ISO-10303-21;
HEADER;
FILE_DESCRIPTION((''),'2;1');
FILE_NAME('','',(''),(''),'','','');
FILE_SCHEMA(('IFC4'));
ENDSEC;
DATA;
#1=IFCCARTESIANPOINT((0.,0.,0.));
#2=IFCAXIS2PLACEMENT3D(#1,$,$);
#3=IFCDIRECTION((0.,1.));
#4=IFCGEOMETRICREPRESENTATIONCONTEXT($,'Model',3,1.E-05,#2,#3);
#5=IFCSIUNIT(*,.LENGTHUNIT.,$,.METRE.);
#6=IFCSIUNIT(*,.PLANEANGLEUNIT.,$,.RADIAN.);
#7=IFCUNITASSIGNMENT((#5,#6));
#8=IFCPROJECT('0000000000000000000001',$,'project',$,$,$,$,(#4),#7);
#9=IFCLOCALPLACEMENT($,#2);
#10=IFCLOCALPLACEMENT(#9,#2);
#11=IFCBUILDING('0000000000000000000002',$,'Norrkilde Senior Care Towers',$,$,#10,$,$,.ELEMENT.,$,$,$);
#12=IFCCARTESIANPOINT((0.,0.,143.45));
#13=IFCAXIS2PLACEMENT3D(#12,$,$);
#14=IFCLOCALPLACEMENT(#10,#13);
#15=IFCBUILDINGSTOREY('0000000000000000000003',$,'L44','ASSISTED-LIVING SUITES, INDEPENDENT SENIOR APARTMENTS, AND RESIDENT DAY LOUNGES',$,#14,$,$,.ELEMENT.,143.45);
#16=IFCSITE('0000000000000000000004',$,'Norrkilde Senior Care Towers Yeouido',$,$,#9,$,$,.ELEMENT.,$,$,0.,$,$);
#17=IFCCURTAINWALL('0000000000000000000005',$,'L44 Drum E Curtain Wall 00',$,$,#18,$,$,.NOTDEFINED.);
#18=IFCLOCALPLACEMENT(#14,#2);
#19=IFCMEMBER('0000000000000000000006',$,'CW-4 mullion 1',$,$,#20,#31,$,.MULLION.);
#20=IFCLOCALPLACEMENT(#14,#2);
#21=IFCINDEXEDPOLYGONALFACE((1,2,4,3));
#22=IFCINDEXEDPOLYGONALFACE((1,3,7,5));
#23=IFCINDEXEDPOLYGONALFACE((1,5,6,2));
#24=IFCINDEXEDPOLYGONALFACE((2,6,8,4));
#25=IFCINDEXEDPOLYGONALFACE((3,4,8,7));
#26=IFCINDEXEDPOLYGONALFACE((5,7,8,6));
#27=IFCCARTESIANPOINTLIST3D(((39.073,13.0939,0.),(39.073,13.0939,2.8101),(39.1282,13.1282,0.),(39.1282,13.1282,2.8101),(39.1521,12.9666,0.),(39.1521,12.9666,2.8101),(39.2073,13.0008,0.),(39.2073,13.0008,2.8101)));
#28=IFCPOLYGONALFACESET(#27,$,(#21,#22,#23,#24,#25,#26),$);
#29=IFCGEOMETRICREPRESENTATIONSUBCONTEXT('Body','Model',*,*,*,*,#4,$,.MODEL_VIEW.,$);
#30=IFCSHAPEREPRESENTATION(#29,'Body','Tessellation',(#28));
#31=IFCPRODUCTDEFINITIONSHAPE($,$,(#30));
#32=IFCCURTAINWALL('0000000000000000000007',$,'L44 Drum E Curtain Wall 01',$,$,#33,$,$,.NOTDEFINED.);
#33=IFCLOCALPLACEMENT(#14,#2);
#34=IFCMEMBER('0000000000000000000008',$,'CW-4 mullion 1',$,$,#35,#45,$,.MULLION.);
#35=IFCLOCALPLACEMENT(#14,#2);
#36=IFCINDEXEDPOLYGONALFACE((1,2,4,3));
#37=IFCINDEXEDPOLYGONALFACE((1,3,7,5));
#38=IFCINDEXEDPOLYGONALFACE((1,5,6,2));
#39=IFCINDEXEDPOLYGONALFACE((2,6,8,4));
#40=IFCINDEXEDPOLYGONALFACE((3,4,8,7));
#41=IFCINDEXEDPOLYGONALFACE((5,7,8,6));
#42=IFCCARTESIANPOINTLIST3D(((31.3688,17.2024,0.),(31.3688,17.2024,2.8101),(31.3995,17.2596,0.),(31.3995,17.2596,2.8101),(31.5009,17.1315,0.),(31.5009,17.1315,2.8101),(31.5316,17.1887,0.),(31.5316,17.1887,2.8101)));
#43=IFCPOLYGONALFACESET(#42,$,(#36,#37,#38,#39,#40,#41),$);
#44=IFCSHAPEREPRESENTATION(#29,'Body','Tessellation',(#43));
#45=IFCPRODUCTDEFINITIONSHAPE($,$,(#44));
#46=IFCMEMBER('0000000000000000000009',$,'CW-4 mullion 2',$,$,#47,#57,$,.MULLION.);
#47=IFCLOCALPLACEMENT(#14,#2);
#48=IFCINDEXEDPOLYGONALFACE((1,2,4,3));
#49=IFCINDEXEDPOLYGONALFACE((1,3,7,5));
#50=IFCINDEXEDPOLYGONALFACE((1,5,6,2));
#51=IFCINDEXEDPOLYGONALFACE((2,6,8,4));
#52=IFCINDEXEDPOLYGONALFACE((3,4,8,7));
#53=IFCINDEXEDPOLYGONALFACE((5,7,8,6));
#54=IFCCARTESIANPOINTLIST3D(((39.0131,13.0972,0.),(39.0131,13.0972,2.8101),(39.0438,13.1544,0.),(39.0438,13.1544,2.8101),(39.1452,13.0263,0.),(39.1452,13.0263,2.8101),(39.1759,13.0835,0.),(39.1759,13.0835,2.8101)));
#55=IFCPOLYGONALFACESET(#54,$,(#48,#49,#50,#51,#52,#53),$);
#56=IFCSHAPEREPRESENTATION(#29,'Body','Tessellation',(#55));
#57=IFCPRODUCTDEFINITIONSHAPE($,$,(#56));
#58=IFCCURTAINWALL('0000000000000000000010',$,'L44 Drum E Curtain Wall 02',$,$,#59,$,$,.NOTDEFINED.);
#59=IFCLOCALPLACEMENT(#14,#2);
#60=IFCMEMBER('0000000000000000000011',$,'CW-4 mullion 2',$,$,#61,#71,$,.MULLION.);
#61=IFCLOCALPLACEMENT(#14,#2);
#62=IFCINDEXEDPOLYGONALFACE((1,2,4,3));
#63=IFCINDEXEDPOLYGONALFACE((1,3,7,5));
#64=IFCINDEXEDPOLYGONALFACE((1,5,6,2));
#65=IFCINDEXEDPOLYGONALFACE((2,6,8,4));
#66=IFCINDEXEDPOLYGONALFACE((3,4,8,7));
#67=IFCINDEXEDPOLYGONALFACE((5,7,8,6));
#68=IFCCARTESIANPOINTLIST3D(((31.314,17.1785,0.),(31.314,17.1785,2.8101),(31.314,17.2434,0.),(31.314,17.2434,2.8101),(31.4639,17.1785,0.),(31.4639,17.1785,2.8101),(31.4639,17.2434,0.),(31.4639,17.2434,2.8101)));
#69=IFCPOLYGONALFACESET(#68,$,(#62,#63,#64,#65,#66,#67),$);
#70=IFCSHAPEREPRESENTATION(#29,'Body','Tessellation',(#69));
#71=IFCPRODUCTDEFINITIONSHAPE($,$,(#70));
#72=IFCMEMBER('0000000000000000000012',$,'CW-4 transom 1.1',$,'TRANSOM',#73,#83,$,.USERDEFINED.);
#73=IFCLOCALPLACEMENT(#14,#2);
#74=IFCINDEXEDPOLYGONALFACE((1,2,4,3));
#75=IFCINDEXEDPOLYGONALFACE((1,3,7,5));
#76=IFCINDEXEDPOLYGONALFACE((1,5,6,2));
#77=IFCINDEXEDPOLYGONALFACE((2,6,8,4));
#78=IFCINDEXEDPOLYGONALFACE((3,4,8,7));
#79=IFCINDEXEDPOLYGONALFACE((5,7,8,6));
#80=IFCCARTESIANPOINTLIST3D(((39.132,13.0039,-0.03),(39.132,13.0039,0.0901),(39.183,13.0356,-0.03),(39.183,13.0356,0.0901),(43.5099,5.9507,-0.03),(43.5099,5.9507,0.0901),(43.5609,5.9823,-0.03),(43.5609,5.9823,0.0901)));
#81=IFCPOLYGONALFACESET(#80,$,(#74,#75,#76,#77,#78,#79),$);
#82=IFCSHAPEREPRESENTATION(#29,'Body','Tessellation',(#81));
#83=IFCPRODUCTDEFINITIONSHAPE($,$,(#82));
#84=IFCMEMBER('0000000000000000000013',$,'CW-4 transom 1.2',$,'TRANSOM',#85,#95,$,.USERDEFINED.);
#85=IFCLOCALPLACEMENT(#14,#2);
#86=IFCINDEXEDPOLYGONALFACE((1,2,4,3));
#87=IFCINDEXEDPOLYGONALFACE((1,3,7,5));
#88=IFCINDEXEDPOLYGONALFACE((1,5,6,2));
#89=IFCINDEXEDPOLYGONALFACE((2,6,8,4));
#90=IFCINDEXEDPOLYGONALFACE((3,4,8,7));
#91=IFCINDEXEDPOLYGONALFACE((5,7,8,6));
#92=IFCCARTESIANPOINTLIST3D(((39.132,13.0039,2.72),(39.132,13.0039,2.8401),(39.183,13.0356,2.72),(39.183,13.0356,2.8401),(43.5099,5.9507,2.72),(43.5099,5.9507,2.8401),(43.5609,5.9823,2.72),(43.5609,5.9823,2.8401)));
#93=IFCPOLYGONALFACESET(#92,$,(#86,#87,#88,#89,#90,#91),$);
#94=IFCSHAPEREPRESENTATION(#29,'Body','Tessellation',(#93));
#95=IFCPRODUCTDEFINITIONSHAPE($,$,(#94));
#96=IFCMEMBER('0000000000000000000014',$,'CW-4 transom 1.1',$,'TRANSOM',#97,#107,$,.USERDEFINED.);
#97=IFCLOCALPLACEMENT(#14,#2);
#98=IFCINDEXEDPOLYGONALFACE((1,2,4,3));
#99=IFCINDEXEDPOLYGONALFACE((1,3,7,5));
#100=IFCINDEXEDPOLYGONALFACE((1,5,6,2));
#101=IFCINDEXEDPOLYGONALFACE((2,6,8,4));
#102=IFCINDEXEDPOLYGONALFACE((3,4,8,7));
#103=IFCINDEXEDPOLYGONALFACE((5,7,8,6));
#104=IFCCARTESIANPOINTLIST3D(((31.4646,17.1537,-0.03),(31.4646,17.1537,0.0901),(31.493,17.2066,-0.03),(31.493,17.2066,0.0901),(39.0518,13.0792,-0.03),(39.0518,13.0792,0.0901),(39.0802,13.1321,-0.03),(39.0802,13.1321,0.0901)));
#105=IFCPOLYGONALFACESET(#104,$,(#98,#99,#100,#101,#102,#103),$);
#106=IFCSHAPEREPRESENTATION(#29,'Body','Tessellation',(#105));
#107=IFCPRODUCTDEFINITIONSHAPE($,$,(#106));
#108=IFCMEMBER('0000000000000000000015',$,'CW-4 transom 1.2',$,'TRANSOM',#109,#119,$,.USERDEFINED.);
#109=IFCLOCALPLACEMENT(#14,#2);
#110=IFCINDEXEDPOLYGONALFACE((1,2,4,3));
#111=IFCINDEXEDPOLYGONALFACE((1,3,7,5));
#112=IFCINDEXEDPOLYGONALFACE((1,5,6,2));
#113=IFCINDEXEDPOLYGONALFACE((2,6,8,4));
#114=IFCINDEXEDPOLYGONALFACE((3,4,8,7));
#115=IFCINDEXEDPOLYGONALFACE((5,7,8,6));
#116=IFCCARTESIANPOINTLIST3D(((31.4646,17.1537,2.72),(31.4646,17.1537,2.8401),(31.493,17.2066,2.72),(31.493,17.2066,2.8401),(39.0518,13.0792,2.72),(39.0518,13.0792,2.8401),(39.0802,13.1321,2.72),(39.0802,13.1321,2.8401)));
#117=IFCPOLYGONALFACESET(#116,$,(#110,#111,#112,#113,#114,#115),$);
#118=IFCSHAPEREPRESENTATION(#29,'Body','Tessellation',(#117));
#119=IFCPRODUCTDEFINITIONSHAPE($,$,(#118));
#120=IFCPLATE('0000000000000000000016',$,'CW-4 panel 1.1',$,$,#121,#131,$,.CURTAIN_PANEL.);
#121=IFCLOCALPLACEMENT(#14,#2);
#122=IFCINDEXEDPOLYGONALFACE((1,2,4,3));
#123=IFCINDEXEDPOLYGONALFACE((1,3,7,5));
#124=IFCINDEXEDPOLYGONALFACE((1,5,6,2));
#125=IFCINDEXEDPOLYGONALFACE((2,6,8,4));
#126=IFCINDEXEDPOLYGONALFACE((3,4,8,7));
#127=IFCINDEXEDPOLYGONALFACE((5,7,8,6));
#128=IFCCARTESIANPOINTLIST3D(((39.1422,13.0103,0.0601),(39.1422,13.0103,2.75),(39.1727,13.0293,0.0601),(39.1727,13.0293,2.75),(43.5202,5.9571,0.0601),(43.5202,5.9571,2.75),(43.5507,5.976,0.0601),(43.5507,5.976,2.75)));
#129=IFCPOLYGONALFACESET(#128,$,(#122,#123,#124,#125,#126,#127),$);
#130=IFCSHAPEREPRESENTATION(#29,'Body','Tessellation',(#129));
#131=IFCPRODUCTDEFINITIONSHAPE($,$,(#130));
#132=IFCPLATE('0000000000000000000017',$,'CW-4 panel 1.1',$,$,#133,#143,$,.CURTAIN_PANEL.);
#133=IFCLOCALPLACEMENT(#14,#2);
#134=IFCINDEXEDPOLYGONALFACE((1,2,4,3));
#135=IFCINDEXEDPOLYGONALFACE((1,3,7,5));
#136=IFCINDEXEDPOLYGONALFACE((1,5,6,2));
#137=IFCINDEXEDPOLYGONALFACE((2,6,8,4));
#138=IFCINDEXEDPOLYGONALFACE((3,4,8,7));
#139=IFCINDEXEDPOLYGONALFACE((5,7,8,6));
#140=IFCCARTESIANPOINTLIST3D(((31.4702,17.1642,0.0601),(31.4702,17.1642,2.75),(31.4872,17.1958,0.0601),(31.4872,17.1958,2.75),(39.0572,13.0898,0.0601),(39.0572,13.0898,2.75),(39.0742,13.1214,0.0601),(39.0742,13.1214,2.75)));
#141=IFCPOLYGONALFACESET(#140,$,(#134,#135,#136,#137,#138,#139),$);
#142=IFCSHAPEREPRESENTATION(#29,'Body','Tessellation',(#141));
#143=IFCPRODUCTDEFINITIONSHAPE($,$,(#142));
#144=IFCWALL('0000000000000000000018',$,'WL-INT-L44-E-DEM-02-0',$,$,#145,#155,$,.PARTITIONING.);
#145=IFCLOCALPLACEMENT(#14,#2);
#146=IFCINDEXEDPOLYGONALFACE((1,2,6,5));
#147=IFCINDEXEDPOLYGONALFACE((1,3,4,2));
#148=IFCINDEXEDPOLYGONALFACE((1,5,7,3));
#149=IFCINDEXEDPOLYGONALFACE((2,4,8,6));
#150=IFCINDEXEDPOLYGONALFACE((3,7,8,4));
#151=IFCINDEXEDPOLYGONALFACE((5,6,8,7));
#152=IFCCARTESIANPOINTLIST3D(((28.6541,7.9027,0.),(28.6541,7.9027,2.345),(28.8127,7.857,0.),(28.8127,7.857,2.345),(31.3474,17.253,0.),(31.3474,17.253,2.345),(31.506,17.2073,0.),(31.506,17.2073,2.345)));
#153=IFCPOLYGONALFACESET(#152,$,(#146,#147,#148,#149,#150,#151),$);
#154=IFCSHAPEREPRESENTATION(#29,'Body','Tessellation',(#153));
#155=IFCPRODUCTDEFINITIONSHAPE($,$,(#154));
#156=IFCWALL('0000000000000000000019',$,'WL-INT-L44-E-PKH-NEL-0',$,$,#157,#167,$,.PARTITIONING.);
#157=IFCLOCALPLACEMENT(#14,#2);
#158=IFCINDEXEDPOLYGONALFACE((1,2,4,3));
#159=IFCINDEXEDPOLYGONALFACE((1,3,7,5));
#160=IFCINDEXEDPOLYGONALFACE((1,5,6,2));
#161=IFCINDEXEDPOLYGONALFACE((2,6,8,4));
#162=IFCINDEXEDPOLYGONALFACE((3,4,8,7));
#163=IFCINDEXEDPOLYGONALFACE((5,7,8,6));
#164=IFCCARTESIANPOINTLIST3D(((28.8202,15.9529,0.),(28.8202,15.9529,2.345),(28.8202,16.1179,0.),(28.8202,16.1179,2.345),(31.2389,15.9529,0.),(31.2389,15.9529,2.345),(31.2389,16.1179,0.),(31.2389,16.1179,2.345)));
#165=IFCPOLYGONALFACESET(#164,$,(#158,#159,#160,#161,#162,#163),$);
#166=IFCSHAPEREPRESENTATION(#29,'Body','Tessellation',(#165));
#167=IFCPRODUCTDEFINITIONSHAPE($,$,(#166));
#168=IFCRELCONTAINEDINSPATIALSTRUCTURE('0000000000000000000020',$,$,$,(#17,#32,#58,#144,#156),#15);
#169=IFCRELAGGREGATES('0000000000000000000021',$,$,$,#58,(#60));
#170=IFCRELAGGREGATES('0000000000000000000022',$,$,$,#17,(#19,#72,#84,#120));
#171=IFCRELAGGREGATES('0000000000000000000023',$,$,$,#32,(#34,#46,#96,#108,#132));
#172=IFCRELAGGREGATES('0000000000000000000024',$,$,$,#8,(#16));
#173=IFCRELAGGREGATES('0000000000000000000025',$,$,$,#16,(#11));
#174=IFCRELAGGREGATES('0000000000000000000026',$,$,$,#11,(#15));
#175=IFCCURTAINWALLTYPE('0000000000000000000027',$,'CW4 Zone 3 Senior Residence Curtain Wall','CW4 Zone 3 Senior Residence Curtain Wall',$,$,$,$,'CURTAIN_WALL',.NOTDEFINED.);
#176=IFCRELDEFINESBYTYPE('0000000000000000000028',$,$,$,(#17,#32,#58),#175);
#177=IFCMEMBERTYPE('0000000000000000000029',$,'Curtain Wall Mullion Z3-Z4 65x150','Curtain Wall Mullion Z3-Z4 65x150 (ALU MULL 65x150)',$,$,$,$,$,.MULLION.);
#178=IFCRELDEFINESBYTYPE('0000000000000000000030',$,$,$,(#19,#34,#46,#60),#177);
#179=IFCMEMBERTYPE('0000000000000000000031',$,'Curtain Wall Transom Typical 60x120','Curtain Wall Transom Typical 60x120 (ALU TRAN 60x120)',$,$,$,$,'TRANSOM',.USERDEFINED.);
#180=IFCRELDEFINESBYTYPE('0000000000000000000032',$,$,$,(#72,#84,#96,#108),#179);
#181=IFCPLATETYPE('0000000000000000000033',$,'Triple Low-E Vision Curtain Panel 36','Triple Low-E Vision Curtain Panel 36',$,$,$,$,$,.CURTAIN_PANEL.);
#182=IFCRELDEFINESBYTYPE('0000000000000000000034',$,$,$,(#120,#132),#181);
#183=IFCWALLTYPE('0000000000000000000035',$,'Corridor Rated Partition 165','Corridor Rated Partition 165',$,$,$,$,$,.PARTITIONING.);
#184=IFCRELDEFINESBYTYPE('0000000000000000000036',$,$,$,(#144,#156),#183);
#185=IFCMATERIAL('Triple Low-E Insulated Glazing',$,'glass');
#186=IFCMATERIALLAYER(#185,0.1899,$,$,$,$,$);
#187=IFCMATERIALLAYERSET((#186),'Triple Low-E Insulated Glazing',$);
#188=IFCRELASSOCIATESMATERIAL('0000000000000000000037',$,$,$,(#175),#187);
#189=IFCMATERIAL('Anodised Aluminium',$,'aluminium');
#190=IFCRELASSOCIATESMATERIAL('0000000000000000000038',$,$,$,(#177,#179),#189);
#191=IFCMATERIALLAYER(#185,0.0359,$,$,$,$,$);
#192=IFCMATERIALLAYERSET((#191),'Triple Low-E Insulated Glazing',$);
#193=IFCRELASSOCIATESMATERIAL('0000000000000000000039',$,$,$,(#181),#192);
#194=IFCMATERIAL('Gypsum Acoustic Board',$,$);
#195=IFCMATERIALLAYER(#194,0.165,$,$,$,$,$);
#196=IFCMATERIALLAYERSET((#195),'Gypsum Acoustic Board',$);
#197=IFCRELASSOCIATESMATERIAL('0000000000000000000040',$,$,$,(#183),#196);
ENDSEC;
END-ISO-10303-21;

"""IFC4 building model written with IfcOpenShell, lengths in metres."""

from ifc_helpers import new_model, si_unit, direction, frame, frame_2d, origin, origin_2d, place, context, subcontext, project, spatial, rectangle, extrude, source, transform, mapped, material, layer, layer_set, material_profile, profile_set, type_object, type_shapes, element, aggregate, save


model = new_model("IFC4")

# Units and contexts
model_context = context("Model", 3, precision=1e-05, world=origin(), true_north=direction((0.0, 1.0)))
body_context = subcontext(model_context, "Body", "Model", "MODEL_VIEW")
ifc_project = project(units=[si_unit("LENGTHUNIT", "METRE"), si_unit("PLANEANGLEUNIT", "RADIAN")], contexts=[model_context])

# Site, building, storey
site_placement = place(None, origin())
site = spatial("IfcSite", under=ifc_project, at=site_placement, Name="Norrkilde Senior Care Towers Yeouido", CompositionType="ELEMENT", RefElevation=0.0)
building_placement = place(site_placement, origin())
building = spatial("IfcBuilding", under=site, at=building_placement, Name="Norrkilde Senior Care Towers", CompositionType="ELEMENT")
storey_placement = place(building_placement, frame((0.0, 0.0, 143.45)))
storey = spatial("IfcBuildingStorey", under=building, at=storey_placement, Name="L44", Description="ASSISTED-LIVING SUITES, INDEPENDENT SENIOR APARTMENTS, AND RESIDENT DAY LOUNGES", CompositionType="ELEMENT", Elevation=143.45)

# Curtain wall, member
ifc_material_1 = material(Name="Triple Low-E Insulated Glazing", Category="glass")
ifc_layer_1 = layer(ifc_material_1, 0.1899)
ifc_layer_set_1 = layer_set([ifc_layer_1], Name="Triple Low-E Insulated Glazing")
curtain_wall_type = type_object("IfcCurtainWallType", Name="CW4 Zone 3 Senior Residence Curtain Wall", Description="CW4 Zone 3 Senior Residence Curtain Wall", ElementType="CURTAIN_WALL", PredefinedType="NOTDEFINED", material=ifc_layer_set_1)
curtain_wall_1_placement = place(storey_placement, origin())
curtain_wall_1 = element("IfcCurtainWall", 1, at=curtain_wall_1_placement, inside=storey, type_object=curtain_wall_type, Name="L44 Drum E Curtain Wall 00", PredefinedType="NOTDEFINED")
ifc_material_2 = material(Name="Anodised Aluminium", Category="aluminium")
ifc_material_profile_1 = material_profile(ifc_material_2, rectangle(XDim=0.0649, YDim=0.1499, at=origin_2d()), Name="ALU MULL 65x150")
ifc_profile_set_1 = profile_set([ifc_material_profile_1], Name="Anodised Aluminium")
member_type_1 = type_object("IfcMemberType", Name="Curtain Wall Mullion Z3-Z4 65x150", Description="Curtain Wall Mullion Z3-Z4 65x150 (ALU MULL 65x150)", PredefinedType="MULLION", material=ifc_profile_set_1)
shared_shape_1 = source(origin(), body_context, "Body", "SweptSolid", [
    extrude(rectangle(XDim=0.0649, YDim=0.1499, at=origin_2d()), origin(), (0.0, 0.0, 1.0), 2.8101),
])
type_shapes(member_type_1, [shared_shape_1])
member_1_placement = place(storey_placement, frame((39.1401, 13.0474, 0.0), z_axis=(0.0, 0.0, 1.0), x_axis=(0.849634, 0.527373, 0.0)))
member_1 = element("IfcMember", 2, at=member_1_placement, type_object=member_type_1, Name="CW-4 mullion 1", PredefinedType="MULLION", context=body_context, shape_type="MappedRepresentation", body=[
    mapped(shared_shape_1, transform((0.0, 0.0, 0.0), x_axis=(1.0, 0.0, 0.0), y_axis=(0.0, 1.0, 0.0), z_axis=(0.0, 0.0, 1.0), scale=1.0)),
])

# Curtain wall, members
curtain_wall_2_placement = place(storey_placement, origin())
curtain_wall_2 = element("IfcCurtainWall", 3, at=curtain_wall_2_placement, inside=storey, type_object=curtain_wall_type, Name="L44 Drum E Curtain Wall 01", PredefinedType="NOTDEFINED")
member_2_placement = place(storey_placement, frame((31.4502, 17.1956, 0.0), z_axis=(0.0, 0.0, 1.0), x_axis=(0.473117, 0.881, 0.0)))
member_2 = element("IfcMember", 4, at=member_2_placement, type_object=member_type_1, Name="CW-4 mullion 1", PredefinedType="MULLION", context=body_context, shape_type="MappedRepresentation", body=[
    mapped(shared_shape_1, transform((0.0, 0.0, 0.0), x_axis=(1.0, 0.0, 0.0), y_axis=(0.0, 1.0, 0.0), z_axis=(0.0, 0.0, 1.0), scale=1.0)),
])
member_3_placement = place(storey_placement, frame((39.0945, 13.0903, 0.0), z_axis=(0.0, 0.0, 1.0), x_axis=(0.473117, 0.881, 0.0)))
member_3 = element("IfcMember", 5, at=member_3_placement, type_object=member_type_1, Name="CW-4 mullion 2", PredefinedType="MULLION", context=body_context, shape_type="MappedRepresentation", body=[
    mapped(shared_shape_1, transform((0.0, 0.0, 0.0), x_axis=(1.0, 0.0, 0.0), y_axis=(0.0, 1.0, 0.0), z_axis=(0.0, 0.0, 1.0), scale=1.0)),
])

# Curtain wall, member
curtain_wall_3_placement = place(storey_placement, origin())
curtain_wall_3 = element("IfcCurtainWall", 6, at=curtain_wall_3_placement, inside=storey, type_object=curtain_wall_type, Name="L44 Drum E Curtain Wall 02", PredefinedType="NOTDEFINED")
member_4_placement = place(storey_placement, frame((31.3889, 17.2109, 0.0), z_axis=(0.0, 0.0, 1.0), x_axis=(0.0, 1.0, 0.0)))
member_4 = element("IfcMember", 7, at=member_4_placement, type_object=member_type_1, Name="CW-4 mullion 2", PredefinedType="MULLION", context=body_context, shape_type="MappedRepresentation", body=[
    mapped(shared_shape_1, transform((0.0, 0.0, 0.0), x_axis=(1.0, 0.0, 0.0), y_axis=(0.0, 1.0, 0.0), z_axis=(0.0, 0.0, 1.0), scale=1.0)),
])
aggregate(curtain_wall_3, [member_4])

# Members
ifc_material_profile_2 = material_profile(ifc_material_2, rectangle(XDim=0.0601, YDim=0.1201, at=origin_2d()), Name="ALU TRAN 60x120")
ifc_profile_set_2 = profile_set([ifc_material_profile_2], Name="Anodised Aluminium")
member_type_2 = type_object("IfcMemberType", Name="Curtain Wall Transom Typical 60x120", Description="Curtain Wall Transom Typical 60x120 (ALU TRAN 60x120)", ElementType="TRANSOM", PredefinedType="USERDEFINED", material=ifc_profile_set_2)
shared_shape_2 = source(origin(), body_context, "Body", "SweptSolid", [
    extrude(rectangle(XDim=0.0601, YDim=0.1201, at=origin_2d()), origin(), (0.0, 0.0, 1.0), 8.3015),
])
member_5_placement = place(storey_placement, frame((39.1575, 13.0198, 0.03), z_axis=(0.527369, -0.849637, 0.0), x_axis=(0.849637, 0.527369, 0.0)))
member_5 = element("IfcMember", 8, at=member_5_placement, type_object=member_type_2, Name="CW-4 transom 1.1", ObjectType="TRANSOM", PredefinedType="USERDEFINED", context=body_context, shape_type="MappedRepresentation", body=[
    mapped(shared_shape_2, transform((0.0, 0.0, 0.0), x_axis=(1.0, 0.0, 0.0), y_axis=(0.0, 1.0, 0.0), z_axis=(0.0, 0.0, 1.0), scale=1.0)),
])
member_6_placement = place(storey_placement, frame((39.1575, 13.0198, 2.78), z_axis=(0.527369, -0.849637, 0.0), x_axis=(0.849637, 0.527369, 0.0)))
member_6 = element("IfcMember", 9, at=member_6_placement, type_object=member_type_2, Name="CW-4 transom 1.2", ObjectType="TRANSOM", PredefinedType="USERDEFINED", context=body_context, shape_type="MappedRepresentation", body=[
    mapped(shared_shape_2, transform((0.0, 0.0, 0.0), x_axis=(1.0, 0.0, 0.0), y_axis=(0.0, 1.0, 0.0), z_axis=(0.0, 0.0, 1.0), scale=1.0)),
])
shared_shape_3 = source(origin(), body_context, "Body", "SweptSolid", [
    extrude(rectangle(XDim=0.0601, YDim=0.1201, at=origin_2d()), origin(), (0.0, 0.0, 1.0), 8.6121),
])
type_shapes(member_type_2, [shared_shape_2, shared_shape_3])
member_7_placement = place(storey_placement, frame((31.4788, 17.1802, 0.03), z_axis=(0.881, -0.473116, 0.0), x_axis=(0.473116, 0.881, 0.0)))
member_7 = element("IfcMember", 10, at=member_7_placement, type_object=member_type_2, Name="CW-4 transom 1.1", ObjectType="TRANSOM", PredefinedType="USERDEFINED", context=body_context, shape_type="MappedRepresentation", body=[
    mapped(shared_shape_3, transform((0.0, 0.0, 0.0), x_axis=(1.0, 0.0, 0.0), y_axis=(0.0, 1.0, 0.0), z_axis=(0.0, 0.0, 1.0), scale=1.0)),
])
member_8_placement = place(storey_placement, frame((31.4788, 17.1802, 2.78), z_axis=(0.881, -0.473116, 0.0), x_axis=(0.473116, 0.881, 0.0)))
member_8 = element("IfcMember", 11, at=member_8_placement, type_object=member_type_2, Name="CW-4 transom 1.2", ObjectType="TRANSOM", PredefinedType="USERDEFINED", context=body_context, shape_type="MappedRepresentation", body=[
    mapped(shared_shape_3, transform((0.0, 0.0, 0.0), x_axis=(1.0, 0.0, 0.0), y_axis=(0.0, 1.0, 0.0), z_axis=(0.0, 0.0, 1.0), scale=1.0)),
])

# Plates
ifc_layer_2 = layer(ifc_material_1, 0.0359)
ifc_layer_set_2 = layer_set([ifc_layer_2], Name="Triple Low-E Insulated Glazing")
plate_type = type_object("IfcPlateType", Name="Triple Low-E Vision Curtain Panel 36", Description="Triple Low-E Vision Curtain Panel 36", PredefinedType="CURTAIN_PANEL", material=ifc_layer_set_2)
shared_shape_4 = source(origin(), body_context, "Body", "SweptSolid", [
    extrude(rectangle(XDim=8.3015, YDim=0.0359, at=origin_2d()), origin(), (0.0, 0.0, 1.0), 2.6899),
])
plate_1_placement = place(storey_placement, frame((41.3464, 9.4932, 0.0601), z_axis=(0.0, 0.0, 1.0), x_axis=(0.527373, -0.849634, 0.0)))
plate_1 = element("IfcPlate", 12, at=plate_1_placement, type_object=plate_type, Name="CW-4 panel 1.1", PredefinedType="CURTAIN_PANEL", context=body_context, shape_type="MappedRepresentation", body=[
    mapped(shared_shape_4, transform((0.0, 0.0, 0.0), x_axis=(1.0, 0.0, 0.0), y_axis=(0.0, 1.0, 0.0), z_axis=(0.0, 0.0, 1.0), scale=1.0)),
])
aggregate(curtain_wall_1, [member_1, member_5, member_6, plate_1])
shared_shape_5 = source(origin(), body_context, "Body", "SweptSolid", [
    extrude(rectangle(XDim=8.6118, YDim=0.0359, at=origin_2d()), origin(), (0.0, 0.0, 1.0), 2.6899),
])
type_shapes(plate_type, [shared_shape_4, shared_shape_5])
plate_2_placement = place(storey_placement, frame((35.2722, 15.1428, 0.0601), z_axis=(0.0, 0.0, 1.0), x_axis=(0.881, -0.473117, 0.0)))
plate_2 = element("IfcPlate", 13, at=plate_2_placement, type_object=plate_type, Name="CW-4 panel 1.1", PredefinedType="CURTAIN_PANEL", context=body_context, shape_type="MappedRepresentation", body=[
    mapped(shared_shape_5, transform((0.0, 0.0, 0.0), x_axis=(1.0, 0.0, 0.0), y_axis=(0.0, 1.0, 0.0), z_axis=(0.0, 0.0, 1.0), scale=1.0)),
])
aggregate(curtain_wall_2, [member_2, member_3, member_7, member_8, plate_2])

# Walls
ifc_material_3 = material(Name="Gypsum Acoustic Board")
ifc_layer_3 = layer(ifc_material_3, 0.165)
ifc_layer_set_3 = layer_set([ifc_layer_3], Name="Gypsum Acoustic Board")
wall_type_1 = type_object("IfcWallType", Name="Corridor Rated Partition 165", Description="Corridor Rated Partition 165", PredefinedType="PARTITIONING", material=ifc_layer_set_3)
shared_shape_6 = source(origin(), body_context, "Body", "SweptSolid", [
    extrude(rectangle(XDim=9.7305, YDim=0.165, at=frame_2d((4.8652, 0.0))), origin(), (0.0, 0.0, 1.0), 2.345),
])
wall_1_placement = place(storey_placement, frame((28.7334, 7.8799, 0.0), z_axis=(0.0, 0.0, 1.0), x_axis=(0.276795, 0.960929, 0.0)))
element("IfcWall", 14, at=wall_1_placement, inside=storey, type_object=wall_type_1, Name="WL-INT-L44-E-DEM-02-0", PredefinedType="PARTITIONING", context=body_context, shape_type="MappedRepresentation", body=[
    mapped(shared_shape_6, transform((0.0, 0.0, 0.0), x_axis=(1.0, 0.0, 0.0), y_axis=(0.0, 1.0, 0.0), z_axis=(0.0, 0.0, 1.0), scale=1.0)),
])
shared_shape_7 = source(origin(), body_context, "Body", "SweptSolid", [
    extrude(rectangle(XDim=2.4187, YDim=0.165, at=frame_2d((1.2095, 0.0))), origin(), (0.0, 0.0, 1.0), 2.345),
])
wall_2_placement = place(storey_placement, frame((28.8201, 16.0354, 0.0), z_axis=(0.0, 0.0, 1.0), x_axis=(1.0, 0.0, 0.0)))
element("IfcWall", 15, at=wall_2_placement, inside=storey, type_object=wall_type_1, Name="WL-INT-L44-E-PKH-NEL-0", PredefinedType="PARTITIONING", context=body_context, shape_type="MappedRepresentation", body=[
    mapped(shared_shape_7, transform((0.0, 0.0, 0.0), x_axis=(1.0, 0.0, 0.0), y_axis=(0.0, 1.0, 0.0), z_axis=(0.0, 0.0, 1.0), scale=1.0)),
])

save(model, "model.ifc")
